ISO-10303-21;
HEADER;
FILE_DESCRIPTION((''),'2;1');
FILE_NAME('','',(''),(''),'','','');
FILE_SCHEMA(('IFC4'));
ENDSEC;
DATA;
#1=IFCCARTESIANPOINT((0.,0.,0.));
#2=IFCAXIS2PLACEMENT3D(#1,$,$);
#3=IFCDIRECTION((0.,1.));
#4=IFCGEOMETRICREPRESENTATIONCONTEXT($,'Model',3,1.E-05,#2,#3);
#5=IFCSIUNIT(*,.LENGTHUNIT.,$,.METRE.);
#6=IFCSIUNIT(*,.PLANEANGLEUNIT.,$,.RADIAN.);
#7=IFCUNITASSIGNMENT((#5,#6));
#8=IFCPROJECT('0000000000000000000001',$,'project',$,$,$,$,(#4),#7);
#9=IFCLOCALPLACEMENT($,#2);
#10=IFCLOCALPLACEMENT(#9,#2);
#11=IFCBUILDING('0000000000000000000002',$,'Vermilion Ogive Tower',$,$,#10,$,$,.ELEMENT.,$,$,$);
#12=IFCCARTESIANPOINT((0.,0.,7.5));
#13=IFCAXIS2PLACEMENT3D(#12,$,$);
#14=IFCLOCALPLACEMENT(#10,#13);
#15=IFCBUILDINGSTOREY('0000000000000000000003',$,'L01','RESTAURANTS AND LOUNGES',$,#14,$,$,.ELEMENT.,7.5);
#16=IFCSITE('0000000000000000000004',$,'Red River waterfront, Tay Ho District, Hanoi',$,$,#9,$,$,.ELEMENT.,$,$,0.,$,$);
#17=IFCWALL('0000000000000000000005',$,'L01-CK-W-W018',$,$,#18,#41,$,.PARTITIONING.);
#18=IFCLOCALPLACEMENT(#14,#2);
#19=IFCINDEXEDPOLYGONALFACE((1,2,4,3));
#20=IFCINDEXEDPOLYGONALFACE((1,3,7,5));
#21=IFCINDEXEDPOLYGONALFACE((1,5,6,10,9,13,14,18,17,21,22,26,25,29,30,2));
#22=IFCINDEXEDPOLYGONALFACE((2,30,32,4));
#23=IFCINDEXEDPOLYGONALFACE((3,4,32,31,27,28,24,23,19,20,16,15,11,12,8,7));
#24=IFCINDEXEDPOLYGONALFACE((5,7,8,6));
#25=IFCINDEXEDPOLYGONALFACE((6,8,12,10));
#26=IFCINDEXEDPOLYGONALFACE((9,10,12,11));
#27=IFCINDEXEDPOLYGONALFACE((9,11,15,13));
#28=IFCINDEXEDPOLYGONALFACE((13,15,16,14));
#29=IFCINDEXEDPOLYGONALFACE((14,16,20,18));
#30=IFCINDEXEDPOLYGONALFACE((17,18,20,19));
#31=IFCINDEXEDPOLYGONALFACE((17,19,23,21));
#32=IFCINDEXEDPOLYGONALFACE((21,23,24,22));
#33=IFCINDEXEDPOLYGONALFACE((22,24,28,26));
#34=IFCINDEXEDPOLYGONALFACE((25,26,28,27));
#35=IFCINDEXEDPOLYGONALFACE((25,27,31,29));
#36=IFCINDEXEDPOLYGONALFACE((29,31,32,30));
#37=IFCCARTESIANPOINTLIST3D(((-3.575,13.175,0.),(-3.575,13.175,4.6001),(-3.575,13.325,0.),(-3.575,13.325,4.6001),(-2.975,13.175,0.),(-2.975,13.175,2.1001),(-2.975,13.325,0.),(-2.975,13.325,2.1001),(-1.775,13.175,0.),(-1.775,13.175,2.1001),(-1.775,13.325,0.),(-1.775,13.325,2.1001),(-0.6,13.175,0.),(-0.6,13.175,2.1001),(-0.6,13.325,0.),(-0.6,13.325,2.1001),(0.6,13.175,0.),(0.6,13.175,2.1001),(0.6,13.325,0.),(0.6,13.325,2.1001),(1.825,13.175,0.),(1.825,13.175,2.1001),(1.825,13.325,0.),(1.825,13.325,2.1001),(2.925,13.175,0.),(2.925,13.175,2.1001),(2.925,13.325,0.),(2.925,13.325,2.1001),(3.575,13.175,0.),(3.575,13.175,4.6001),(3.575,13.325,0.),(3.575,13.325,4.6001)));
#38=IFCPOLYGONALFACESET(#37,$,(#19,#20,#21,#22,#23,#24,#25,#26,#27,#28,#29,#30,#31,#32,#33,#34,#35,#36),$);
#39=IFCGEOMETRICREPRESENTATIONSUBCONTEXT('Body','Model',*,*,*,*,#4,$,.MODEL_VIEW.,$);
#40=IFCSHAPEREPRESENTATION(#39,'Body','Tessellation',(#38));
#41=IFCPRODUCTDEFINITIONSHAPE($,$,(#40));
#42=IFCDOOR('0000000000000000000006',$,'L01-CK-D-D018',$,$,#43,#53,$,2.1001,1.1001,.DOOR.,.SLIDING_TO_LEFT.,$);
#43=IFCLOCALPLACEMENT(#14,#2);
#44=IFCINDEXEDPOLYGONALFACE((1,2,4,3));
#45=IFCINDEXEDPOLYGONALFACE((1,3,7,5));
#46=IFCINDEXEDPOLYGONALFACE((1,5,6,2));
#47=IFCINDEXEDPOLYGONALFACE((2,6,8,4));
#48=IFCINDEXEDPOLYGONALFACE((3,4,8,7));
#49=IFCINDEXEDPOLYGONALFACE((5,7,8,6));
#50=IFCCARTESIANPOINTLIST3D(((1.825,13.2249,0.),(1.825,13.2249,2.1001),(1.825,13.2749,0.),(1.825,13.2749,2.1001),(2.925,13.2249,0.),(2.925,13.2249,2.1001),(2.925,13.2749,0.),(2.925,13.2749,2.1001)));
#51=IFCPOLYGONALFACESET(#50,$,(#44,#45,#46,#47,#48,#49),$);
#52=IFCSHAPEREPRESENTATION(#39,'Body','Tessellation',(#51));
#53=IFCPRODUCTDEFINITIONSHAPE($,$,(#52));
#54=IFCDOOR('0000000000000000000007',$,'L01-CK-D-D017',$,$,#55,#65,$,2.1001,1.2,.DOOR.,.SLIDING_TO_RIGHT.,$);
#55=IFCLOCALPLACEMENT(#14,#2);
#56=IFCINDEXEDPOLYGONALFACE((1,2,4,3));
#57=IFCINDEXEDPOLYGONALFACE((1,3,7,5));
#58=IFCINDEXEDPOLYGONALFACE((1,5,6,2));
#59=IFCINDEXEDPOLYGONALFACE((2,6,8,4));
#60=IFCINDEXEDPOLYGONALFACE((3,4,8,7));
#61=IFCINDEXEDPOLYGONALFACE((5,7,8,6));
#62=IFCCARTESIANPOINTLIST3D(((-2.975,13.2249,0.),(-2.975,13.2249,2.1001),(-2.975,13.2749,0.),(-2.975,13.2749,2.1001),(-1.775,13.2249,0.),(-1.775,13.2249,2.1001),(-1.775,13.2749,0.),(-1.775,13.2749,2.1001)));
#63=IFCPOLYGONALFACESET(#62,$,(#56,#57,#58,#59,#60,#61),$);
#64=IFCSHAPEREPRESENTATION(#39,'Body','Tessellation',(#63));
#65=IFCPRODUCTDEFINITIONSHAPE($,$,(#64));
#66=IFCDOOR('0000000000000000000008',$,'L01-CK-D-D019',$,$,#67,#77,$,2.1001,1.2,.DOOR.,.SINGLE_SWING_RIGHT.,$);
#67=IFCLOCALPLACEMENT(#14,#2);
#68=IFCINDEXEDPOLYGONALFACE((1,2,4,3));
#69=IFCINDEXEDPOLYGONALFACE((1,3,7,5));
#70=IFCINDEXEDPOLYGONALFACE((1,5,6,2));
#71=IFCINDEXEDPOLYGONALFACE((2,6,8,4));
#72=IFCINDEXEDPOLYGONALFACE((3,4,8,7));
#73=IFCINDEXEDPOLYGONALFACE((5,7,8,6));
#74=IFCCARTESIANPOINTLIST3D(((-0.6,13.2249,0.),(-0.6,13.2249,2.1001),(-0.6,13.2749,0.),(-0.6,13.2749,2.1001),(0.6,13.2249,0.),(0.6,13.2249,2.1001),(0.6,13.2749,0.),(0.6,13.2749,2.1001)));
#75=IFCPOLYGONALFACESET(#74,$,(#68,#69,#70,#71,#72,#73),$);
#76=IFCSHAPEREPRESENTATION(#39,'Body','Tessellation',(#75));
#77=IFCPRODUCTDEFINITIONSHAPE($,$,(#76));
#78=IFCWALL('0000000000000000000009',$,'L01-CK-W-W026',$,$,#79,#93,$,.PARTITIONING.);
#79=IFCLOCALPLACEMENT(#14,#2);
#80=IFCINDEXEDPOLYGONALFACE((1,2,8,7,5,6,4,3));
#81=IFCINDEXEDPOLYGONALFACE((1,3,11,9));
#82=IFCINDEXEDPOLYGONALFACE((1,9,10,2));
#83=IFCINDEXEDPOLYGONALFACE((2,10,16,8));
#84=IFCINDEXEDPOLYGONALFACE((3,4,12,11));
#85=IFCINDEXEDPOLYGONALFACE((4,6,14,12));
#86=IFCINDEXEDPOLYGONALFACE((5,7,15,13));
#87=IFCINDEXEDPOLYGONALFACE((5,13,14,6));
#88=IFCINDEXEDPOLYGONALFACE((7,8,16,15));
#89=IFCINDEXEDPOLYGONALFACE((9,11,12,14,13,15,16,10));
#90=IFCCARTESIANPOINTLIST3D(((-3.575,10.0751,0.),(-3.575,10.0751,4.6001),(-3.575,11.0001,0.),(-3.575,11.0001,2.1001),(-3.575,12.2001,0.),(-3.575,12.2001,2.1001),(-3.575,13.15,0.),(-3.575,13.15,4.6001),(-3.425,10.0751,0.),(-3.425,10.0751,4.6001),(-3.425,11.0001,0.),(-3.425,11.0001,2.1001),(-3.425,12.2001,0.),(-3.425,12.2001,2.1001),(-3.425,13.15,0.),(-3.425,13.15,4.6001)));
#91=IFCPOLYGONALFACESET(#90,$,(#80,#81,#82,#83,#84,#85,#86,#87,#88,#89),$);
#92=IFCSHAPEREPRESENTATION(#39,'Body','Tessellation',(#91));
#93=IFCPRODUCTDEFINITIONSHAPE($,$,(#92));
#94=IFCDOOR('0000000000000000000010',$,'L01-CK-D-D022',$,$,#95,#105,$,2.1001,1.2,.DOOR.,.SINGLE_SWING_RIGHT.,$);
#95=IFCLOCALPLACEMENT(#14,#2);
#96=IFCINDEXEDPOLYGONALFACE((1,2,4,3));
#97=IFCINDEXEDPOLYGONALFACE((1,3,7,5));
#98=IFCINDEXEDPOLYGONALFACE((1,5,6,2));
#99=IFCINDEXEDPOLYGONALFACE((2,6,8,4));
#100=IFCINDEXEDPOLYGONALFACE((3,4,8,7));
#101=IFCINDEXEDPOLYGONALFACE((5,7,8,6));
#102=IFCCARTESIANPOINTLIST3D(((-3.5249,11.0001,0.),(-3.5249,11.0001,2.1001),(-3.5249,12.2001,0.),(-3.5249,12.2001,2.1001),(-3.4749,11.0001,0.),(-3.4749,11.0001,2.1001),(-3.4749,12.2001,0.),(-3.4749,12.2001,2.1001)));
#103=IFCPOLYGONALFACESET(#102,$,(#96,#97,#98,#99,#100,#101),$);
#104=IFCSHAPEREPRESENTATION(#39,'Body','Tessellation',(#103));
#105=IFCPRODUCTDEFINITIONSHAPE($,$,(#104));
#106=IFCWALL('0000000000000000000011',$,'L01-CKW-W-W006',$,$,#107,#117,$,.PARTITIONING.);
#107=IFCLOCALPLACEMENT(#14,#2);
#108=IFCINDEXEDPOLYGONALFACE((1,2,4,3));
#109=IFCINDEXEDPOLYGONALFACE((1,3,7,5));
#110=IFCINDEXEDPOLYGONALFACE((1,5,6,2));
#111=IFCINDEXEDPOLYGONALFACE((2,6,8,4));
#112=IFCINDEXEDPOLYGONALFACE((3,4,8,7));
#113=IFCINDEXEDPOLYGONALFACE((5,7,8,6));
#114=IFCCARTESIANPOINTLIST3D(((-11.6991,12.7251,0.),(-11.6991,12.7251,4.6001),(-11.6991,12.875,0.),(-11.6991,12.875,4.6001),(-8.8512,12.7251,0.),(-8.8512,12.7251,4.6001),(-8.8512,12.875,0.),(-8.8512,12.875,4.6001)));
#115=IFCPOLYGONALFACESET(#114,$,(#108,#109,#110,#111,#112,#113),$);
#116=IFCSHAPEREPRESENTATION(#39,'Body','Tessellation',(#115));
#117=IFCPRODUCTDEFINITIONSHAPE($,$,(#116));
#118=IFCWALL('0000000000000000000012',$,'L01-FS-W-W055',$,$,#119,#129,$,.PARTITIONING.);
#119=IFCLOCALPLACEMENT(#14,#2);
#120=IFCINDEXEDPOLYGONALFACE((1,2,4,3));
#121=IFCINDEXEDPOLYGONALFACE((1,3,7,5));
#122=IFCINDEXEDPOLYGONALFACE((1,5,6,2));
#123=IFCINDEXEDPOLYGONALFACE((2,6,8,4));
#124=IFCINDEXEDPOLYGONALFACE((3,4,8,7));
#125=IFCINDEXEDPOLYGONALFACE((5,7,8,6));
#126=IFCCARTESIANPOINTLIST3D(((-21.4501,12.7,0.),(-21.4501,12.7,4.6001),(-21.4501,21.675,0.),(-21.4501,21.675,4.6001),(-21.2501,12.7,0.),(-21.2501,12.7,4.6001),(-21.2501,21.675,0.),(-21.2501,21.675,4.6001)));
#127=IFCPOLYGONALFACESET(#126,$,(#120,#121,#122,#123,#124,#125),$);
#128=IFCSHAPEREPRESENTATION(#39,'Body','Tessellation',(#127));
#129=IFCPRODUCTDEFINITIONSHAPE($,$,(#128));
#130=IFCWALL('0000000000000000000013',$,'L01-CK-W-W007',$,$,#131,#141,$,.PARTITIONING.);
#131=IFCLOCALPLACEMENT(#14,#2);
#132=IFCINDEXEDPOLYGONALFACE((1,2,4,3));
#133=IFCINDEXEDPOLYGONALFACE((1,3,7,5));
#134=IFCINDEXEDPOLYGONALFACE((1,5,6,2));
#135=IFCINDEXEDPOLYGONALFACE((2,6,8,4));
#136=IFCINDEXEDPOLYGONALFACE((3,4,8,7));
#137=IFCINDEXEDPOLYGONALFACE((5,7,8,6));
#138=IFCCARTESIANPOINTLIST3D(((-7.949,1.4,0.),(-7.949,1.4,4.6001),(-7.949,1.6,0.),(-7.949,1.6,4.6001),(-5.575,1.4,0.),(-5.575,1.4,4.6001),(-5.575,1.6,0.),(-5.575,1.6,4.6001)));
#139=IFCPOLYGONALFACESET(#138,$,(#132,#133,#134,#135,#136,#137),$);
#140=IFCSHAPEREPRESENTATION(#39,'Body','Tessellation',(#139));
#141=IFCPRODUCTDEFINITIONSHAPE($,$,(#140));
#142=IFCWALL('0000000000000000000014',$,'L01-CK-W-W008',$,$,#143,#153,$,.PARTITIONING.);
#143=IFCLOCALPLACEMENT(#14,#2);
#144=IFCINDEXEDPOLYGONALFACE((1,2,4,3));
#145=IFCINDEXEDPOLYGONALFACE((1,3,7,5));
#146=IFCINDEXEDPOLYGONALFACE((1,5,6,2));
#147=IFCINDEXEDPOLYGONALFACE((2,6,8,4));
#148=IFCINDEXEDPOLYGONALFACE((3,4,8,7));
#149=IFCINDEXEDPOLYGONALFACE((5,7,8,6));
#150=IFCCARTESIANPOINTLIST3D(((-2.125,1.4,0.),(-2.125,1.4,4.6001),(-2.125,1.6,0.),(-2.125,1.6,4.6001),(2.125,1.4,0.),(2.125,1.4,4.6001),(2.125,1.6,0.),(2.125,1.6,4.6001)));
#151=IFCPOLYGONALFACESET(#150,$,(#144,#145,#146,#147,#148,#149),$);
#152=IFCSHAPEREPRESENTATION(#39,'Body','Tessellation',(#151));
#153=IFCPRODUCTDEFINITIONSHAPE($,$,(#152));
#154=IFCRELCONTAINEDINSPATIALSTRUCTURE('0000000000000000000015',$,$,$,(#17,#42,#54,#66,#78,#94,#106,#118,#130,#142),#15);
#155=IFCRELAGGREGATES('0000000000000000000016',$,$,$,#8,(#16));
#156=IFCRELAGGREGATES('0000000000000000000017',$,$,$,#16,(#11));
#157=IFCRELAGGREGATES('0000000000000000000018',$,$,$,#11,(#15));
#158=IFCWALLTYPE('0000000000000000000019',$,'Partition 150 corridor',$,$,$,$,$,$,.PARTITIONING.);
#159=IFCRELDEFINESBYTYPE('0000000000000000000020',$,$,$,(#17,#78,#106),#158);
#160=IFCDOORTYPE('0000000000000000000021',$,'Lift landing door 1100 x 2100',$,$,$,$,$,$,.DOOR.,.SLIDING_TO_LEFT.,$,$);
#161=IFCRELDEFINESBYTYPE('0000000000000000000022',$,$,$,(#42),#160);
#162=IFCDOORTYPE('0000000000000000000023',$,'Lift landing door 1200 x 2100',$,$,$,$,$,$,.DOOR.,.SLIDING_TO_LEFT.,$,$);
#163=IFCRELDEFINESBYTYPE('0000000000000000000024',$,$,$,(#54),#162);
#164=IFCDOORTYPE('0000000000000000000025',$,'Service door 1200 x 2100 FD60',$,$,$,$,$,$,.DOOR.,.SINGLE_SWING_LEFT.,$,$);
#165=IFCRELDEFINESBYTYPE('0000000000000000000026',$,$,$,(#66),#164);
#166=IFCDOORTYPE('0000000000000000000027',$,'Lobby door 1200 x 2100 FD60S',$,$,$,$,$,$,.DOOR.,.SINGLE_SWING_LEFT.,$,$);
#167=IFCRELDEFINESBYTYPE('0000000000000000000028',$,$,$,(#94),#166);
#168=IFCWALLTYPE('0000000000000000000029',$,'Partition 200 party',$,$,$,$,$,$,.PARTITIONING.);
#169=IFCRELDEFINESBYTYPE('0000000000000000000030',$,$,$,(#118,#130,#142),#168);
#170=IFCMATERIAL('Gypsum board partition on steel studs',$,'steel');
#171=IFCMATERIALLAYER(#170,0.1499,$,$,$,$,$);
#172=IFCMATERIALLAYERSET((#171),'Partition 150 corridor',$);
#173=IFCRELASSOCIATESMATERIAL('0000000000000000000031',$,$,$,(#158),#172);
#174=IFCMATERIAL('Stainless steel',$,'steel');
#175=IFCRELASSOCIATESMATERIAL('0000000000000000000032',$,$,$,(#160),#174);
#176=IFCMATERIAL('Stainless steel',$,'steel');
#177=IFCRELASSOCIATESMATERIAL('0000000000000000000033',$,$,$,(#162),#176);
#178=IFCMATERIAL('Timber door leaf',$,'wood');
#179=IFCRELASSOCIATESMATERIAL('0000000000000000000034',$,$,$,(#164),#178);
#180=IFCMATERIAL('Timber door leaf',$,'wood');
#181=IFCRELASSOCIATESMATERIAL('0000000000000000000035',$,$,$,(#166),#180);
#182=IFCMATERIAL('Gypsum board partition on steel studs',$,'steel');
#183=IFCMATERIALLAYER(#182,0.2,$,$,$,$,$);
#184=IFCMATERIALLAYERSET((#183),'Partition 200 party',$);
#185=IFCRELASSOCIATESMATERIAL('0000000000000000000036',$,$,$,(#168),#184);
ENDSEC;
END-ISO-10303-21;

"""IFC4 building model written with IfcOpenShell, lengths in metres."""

from ifc_helpers import new_model, si_unit, direction, frame, frame_2d, origin, place, context, subcontext, project, spatial, rectangle, extrude, material, layer, layer_set, type_object, element, fill, save


model = new_model("IFC4")

# Units and contexts
model_context = context("Model", 3, precision=1e-05, world=origin(), true_north=direction((0.0, 1.0)))
body_context = subcontext(model_context, "Body", "Model", "MODEL_VIEW")
ifc_project = project(units=[si_unit("LENGTHUNIT", "METRE"), si_unit("PLANEANGLEUNIT", "RADIAN")], contexts=[model_context])

# Site, building, storey
site_placement = place(None, origin())
site = spatial("IfcSite", under=ifc_project, at=site_placement, Name="Red River waterfront, Tay Ho District, Hanoi", CompositionType="ELEMENT", RefElevation=0.0)
building_placement = place(site_placement, origin())
building = spatial("IfcBuilding", under=site, at=building_placement, Name="Vermilion Ogive Tower", CompositionType="ELEMENT")
storey_placement = place(building_placement, frame((0.0, 0.0, 7.5)))
storey = spatial("IfcBuildingStorey", under=building, at=storey_placement, Name="L01", Description="RESTAURANTS AND LOUNGES", CompositionType="ELEMENT", Elevation=7.5)

# Shared definitions
ifc_material_1 = material(Name="Gypsum board partition on steel studs", Category="steel")
ifc_layer_1 = layer(ifc_material_1, 0.1499)
ifc_layer_set_1 = layer_set([ifc_layer_1], Name="Partition 150 corridor")
wall_type_1 = type_object("IfcWallType", Name="Partition 150 corridor", PredefinedType="PARTITIONING", material=ifc_layer_set_1)

# Wall, openings, doors
wall_1_placement = place(storey_placement, frame((-3.575, 13.25, 0.0), z_axis=(0.0, 0.0, 1.0), x_axis=(1.0, 0.0, 0.0)))
wall_1 = element("IfcWall", 1, at=wall_1_placement, inside=storey, type_object=wall_type_1, Name="L01-CK-W-W018", PredefinedType="PARTITIONING", context=body_context, shape_type="SweptSolid", body=[
    extrude(rectangle(XDim=7.1499, YDim=0.1499, at=frame_2d((3.575, 0.0))), origin(), (0.0, 0.0, 1.0), 4.6001),
])
opening_1_placement = place(wall_1_placement, frame((0.5999, 0.0, 0.0)))
opening_1 = element("IfcOpeningElement", 2, at=opening_1_placement, cuts=wall_1, PredefinedType="OPENING", context=body_context, shape_type="SweptSolid", body=[
    extrude(rectangle(XDim=1.2, YDim=2.1001, at=frame_2d((0.6001, 1.05))), frame((0.0, 0.085, 0.0), z_axis=(0.0, -1.0, 0.0), x_axis=(1.0, 0.0, 0.0)), (0.0, 0.0, 1.0), 0.1699),
])
opening_2_placement = place(wall_1_placement, frame((5.3999, 0.0, 0.0)))
opening_2 = element("IfcOpeningElement", 3, at=opening_2_placement, cuts=wall_1, PredefinedType="OPENING", context=body_context, shape_type="SweptSolid", body=[
    extrude(rectangle(XDim=1.1001, YDim=2.1001, at=frame_2d((0.55, 1.05))), frame((0.0, 0.085, 0.0), z_axis=(0.0, -1.0, 0.0), x_axis=(1.0, 0.0, 0.0)), (0.0, 0.0, 1.0), 0.1699),
])
opening_3_placement = place(wall_1_placement, frame((2.9749, 0.0, 0.0)))
opening_3 = element("IfcOpeningElement", 4, at=opening_3_placement, cuts=wall_1, PredefinedType="OPENING", context=body_context, shape_type="SweptSolid", body=[
    extrude(rectangle(XDim=1.2, YDim=2.1001, at=frame_2d((0.6001, 1.05))), frame((0.0, 0.085, 0.0), z_axis=(0.0, -1.0, 0.0), x_axis=(1.0, 0.0, 0.0)), (0.0, 0.0, 1.0), 0.1699),
])
ifc_material_2 = material(Name="Stainless steel", Category="steel")
door_type_1 = type_object("IfcDoorType", Name="Lift landing door 1100 x 2100", OperationType="SLIDING_TO_LEFT", PredefinedType="DOOR", material=ifc_material_2)
door_1_placement = place(opening_2_placement, origin())
door_1 = element("IfcDoor", 5, at=door_1_placement, inside=storey, type_object=door_type_1, Name="L01-CK-D-D018", OperationType="SLIDING_TO_LEFT", OverallHeight=2.1001, OverallWidth=1.1001, PredefinedType="DOOR", context=body_context, shape_type="SweptSolid", body=[
    extrude(rectangle(XDim=1.1001, YDim=2.1001, at=frame_2d((0.55, 1.05))), frame((0.0, 0.0249, 0.0), z_axis=(0.0, -1.0, 0.0), x_axis=(1.0, 0.0, 0.0)), (0.0, 0.0, 1.0), 0.05),
])
fill(opening_2, door_1)
ifc_material_3 = material(Name="Stainless steel", Category="steel")
door_type_2 = type_object("IfcDoorType", Name="Lift landing door 1200 x 2100", OperationType="SLIDING_TO_LEFT", PredefinedType="DOOR", material=ifc_material_3)
door_2_placement = place(opening_1_placement, origin())
door_2 = element("IfcDoor", 6, at=door_2_placement, inside=storey, type_object=door_type_2, Name="L01-CK-D-D017", OperationType="SLIDING_TO_RIGHT", OverallHeight=2.1001, OverallWidth=1.2, PredefinedType="DOOR", context=body_context, shape_type="SweptSolid", body=[
    extrude(rectangle(XDim=1.2, YDim=2.1001, at=frame_2d((0.6001, 1.05))), frame((0.0, 0.0249, 0.0), z_axis=(0.0, -1.0, 0.0), x_axis=(1.0, 0.0, 0.0)), (0.0, 0.0, 1.0), 0.05),
])
fill(opening_1, door_2)
ifc_material_4 = material(Name="Timber door leaf", Category="wood")
door_type_3 = type_object("IfcDoorType", Name="Service door 1200 x 2100 FD60", OperationType="SINGLE_SWING_LEFT", PredefinedType="DOOR", material=ifc_material_4)
door_3_placement = place(opening_3_placement, origin())
door_3 = element("IfcDoor", 7, at=door_3_placement, inside=storey, type_object=door_type_3, Name="L01-CK-D-D019", OperationType="SINGLE_SWING_RIGHT", OverallHeight=2.1001, OverallWidth=1.2, PredefinedType="DOOR", context=body_context, shape_type="SweptSolid", body=[
    extrude(rectangle(XDim=1.2, YDim=2.1001, at=frame_2d((0.6001, 1.05))), frame((0.0, 0.0249, 0.0), z_axis=(0.0, -1.0, 0.0), x_axis=(1.0, 0.0, 0.0)), (0.0, 0.0, 1.0), 0.05),
])
fill(opening_3, door_3)

# Wall, opening, door
wall_2_placement = place(storey_placement, frame((-3.5, 10.075, 0.0), z_axis=(0.0, 0.0, 1.0), x_axis=(0.0, 1.0, 0.0)))
wall_2 = element("IfcWall", 8, at=wall_2_placement, inside=storey, type_object=wall_type_1, Name="L01-CK-W-W026", PredefinedType="PARTITIONING", context=body_context, shape_type="SweptSolid", body=[
    extrude(rectangle(XDim=3.075, YDim=0.1499, at=frame_2d((1.5376, 0.0))), origin(), (0.0, 0.0, 1.0), 4.6001),
])
opening_4_placement = place(wall_2_placement, frame((0.925, 0.0, 0.0)))
opening_4 = element("IfcOpeningElement", 9, at=opening_4_placement, cuts=wall_2, PredefinedType="OPENING", context=body_context, shape_type="SweptSolid", body=[
    extrude(rectangle(XDim=1.2, YDim=2.1001, at=frame_2d((0.6001, 1.05))), frame((0.0, 0.085, 0.0), z_axis=(0.0, -1.0, 0.0), x_axis=(1.0, 0.0, 0.0)), (0.0, 0.0, 1.0), 0.1699),
])
ifc_material_5 = material(Name="Timber door leaf", Category="wood")
door_type_4 = type_object("IfcDoorType", Name="Lobby door 1200 x 2100 FD60S", OperationType="SINGLE_SWING_LEFT", PredefinedType="DOOR", material=ifc_material_5)
door_4_placement = place(opening_4_placement, origin())
door_4 = element("IfcDoor", 10, at=door_4_placement, inside=storey, type_object=door_type_4, Name="L01-CK-D-D022", OperationType="SINGLE_SWING_RIGHT", OverallHeight=2.1001, OverallWidth=1.2, PredefinedType="DOOR", context=body_context, shape_type="SweptSolid", body=[
    extrude(rectangle(XDim=1.2, YDim=2.1001, at=frame_2d((0.6001, 1.05))), frame((0.0, 0.0249, 0.0), z_axis=(0.0, -1.0, 0.0), x_axis=(1.0, 0.0, 0.0)), (0.0, 0.0, 1.0), 0.05),
])
fill(opening_4, door_4)

# Walls
wall_3_placement = place(storey_placement, frame((-11.699, 12.8, 0.0), z_axis=(0.0, 0.0, 1.0), x_axis=(1.0, 0.0, 0.0)))
element("IfcWall", 11, at=wall_3_placement, inside=storey, type_object=wall_type_1, Name="L01-CKW-W-W006", PredefinedType="PARTITIONING", context=body_context, shape_type="SweptSolid", body=[
    extrude(rectangle(XDim=2.8479, YDim=0.1499, at=frame_2d((1.4238, 0.0))), origin(), (0.0, 0.0, 1.0), 4.6001),
])
ifc_material_6 = material(Name="Gypsum board partition on steel studs", Category="steel")
ifc_layer_2 = layer(ifc_material_6, 0.2)
ifc_layer_set_2 = layer_set([ifc_layer_2], Name="Partition 200 party")
wall_type_2 = type_object("IfcWallType", Name="Partition 200 party", PredefinedType="PARTITIONING", material=ifc_layer_set_2)
wall_4_placement = place(storey_placement, frame((-21.3501, 12.7, 0.0), z_axis=(0.0, 0.0, 1.0), x_axis=(0.0, 1.0, 0.0)))
element("IfcWall", 12, at=wall_4_placement, inside=storey, type_object=wall_type_2, Name="L01-FS-W-W055", PredefinedType="PARTITIONING", context=body_context, shape_type="SweptSolid", body=[
    extrude(rectangle(XDim=8.9751, YDim=0.2, at=frame_2d((4.4875, 0.0))), origin(), (0.0, 0.0, 1.0), 4.6001),
])
wall_5_placement = place(storey_placement, frame((-7.949, 1.5, 0.0), z_axis=(0.0, 0.0, 1.0), x_axis=(1.0, 0.0, 0.0)))
element("IfcWall", 13, at=wall_5_placement, inside=storey, type_object=wall_type_2, Name="L01-CK-W-W007", PredefinedType="PARTITIONING", context=body_context, shape_type="SweptSolid", body=[
    extrude(rectangle(XDim=2.374, YDim=0.2, at=frame_2d((1.187, 0.0))), origin(), (0.0, 0.0, 1.0), 4.6001),
])
wall_6_placement = place(storey_placement, frame((-2.125, 1.5, 0.0), z_axis=(0.0, 0.0, 1.0), x_axis=(1.0, 0.0, 0.0)))
element("IfcWall", 14, at=wall_6_placement, inside=storey, type_object=wall_type_2, Name="L01-CK-W-W008", PredefinedType="PARTITIONING", context=body_context, shape_type="SweptSolid", body=[
    extrude(rectangle(XDim=4.25, YDim=0.2, at=frame_2d((2.125, 0.0))), origin(), (0.0, 0.0, 1.0), 4.6001),
])

save(model, "model.ifc")
